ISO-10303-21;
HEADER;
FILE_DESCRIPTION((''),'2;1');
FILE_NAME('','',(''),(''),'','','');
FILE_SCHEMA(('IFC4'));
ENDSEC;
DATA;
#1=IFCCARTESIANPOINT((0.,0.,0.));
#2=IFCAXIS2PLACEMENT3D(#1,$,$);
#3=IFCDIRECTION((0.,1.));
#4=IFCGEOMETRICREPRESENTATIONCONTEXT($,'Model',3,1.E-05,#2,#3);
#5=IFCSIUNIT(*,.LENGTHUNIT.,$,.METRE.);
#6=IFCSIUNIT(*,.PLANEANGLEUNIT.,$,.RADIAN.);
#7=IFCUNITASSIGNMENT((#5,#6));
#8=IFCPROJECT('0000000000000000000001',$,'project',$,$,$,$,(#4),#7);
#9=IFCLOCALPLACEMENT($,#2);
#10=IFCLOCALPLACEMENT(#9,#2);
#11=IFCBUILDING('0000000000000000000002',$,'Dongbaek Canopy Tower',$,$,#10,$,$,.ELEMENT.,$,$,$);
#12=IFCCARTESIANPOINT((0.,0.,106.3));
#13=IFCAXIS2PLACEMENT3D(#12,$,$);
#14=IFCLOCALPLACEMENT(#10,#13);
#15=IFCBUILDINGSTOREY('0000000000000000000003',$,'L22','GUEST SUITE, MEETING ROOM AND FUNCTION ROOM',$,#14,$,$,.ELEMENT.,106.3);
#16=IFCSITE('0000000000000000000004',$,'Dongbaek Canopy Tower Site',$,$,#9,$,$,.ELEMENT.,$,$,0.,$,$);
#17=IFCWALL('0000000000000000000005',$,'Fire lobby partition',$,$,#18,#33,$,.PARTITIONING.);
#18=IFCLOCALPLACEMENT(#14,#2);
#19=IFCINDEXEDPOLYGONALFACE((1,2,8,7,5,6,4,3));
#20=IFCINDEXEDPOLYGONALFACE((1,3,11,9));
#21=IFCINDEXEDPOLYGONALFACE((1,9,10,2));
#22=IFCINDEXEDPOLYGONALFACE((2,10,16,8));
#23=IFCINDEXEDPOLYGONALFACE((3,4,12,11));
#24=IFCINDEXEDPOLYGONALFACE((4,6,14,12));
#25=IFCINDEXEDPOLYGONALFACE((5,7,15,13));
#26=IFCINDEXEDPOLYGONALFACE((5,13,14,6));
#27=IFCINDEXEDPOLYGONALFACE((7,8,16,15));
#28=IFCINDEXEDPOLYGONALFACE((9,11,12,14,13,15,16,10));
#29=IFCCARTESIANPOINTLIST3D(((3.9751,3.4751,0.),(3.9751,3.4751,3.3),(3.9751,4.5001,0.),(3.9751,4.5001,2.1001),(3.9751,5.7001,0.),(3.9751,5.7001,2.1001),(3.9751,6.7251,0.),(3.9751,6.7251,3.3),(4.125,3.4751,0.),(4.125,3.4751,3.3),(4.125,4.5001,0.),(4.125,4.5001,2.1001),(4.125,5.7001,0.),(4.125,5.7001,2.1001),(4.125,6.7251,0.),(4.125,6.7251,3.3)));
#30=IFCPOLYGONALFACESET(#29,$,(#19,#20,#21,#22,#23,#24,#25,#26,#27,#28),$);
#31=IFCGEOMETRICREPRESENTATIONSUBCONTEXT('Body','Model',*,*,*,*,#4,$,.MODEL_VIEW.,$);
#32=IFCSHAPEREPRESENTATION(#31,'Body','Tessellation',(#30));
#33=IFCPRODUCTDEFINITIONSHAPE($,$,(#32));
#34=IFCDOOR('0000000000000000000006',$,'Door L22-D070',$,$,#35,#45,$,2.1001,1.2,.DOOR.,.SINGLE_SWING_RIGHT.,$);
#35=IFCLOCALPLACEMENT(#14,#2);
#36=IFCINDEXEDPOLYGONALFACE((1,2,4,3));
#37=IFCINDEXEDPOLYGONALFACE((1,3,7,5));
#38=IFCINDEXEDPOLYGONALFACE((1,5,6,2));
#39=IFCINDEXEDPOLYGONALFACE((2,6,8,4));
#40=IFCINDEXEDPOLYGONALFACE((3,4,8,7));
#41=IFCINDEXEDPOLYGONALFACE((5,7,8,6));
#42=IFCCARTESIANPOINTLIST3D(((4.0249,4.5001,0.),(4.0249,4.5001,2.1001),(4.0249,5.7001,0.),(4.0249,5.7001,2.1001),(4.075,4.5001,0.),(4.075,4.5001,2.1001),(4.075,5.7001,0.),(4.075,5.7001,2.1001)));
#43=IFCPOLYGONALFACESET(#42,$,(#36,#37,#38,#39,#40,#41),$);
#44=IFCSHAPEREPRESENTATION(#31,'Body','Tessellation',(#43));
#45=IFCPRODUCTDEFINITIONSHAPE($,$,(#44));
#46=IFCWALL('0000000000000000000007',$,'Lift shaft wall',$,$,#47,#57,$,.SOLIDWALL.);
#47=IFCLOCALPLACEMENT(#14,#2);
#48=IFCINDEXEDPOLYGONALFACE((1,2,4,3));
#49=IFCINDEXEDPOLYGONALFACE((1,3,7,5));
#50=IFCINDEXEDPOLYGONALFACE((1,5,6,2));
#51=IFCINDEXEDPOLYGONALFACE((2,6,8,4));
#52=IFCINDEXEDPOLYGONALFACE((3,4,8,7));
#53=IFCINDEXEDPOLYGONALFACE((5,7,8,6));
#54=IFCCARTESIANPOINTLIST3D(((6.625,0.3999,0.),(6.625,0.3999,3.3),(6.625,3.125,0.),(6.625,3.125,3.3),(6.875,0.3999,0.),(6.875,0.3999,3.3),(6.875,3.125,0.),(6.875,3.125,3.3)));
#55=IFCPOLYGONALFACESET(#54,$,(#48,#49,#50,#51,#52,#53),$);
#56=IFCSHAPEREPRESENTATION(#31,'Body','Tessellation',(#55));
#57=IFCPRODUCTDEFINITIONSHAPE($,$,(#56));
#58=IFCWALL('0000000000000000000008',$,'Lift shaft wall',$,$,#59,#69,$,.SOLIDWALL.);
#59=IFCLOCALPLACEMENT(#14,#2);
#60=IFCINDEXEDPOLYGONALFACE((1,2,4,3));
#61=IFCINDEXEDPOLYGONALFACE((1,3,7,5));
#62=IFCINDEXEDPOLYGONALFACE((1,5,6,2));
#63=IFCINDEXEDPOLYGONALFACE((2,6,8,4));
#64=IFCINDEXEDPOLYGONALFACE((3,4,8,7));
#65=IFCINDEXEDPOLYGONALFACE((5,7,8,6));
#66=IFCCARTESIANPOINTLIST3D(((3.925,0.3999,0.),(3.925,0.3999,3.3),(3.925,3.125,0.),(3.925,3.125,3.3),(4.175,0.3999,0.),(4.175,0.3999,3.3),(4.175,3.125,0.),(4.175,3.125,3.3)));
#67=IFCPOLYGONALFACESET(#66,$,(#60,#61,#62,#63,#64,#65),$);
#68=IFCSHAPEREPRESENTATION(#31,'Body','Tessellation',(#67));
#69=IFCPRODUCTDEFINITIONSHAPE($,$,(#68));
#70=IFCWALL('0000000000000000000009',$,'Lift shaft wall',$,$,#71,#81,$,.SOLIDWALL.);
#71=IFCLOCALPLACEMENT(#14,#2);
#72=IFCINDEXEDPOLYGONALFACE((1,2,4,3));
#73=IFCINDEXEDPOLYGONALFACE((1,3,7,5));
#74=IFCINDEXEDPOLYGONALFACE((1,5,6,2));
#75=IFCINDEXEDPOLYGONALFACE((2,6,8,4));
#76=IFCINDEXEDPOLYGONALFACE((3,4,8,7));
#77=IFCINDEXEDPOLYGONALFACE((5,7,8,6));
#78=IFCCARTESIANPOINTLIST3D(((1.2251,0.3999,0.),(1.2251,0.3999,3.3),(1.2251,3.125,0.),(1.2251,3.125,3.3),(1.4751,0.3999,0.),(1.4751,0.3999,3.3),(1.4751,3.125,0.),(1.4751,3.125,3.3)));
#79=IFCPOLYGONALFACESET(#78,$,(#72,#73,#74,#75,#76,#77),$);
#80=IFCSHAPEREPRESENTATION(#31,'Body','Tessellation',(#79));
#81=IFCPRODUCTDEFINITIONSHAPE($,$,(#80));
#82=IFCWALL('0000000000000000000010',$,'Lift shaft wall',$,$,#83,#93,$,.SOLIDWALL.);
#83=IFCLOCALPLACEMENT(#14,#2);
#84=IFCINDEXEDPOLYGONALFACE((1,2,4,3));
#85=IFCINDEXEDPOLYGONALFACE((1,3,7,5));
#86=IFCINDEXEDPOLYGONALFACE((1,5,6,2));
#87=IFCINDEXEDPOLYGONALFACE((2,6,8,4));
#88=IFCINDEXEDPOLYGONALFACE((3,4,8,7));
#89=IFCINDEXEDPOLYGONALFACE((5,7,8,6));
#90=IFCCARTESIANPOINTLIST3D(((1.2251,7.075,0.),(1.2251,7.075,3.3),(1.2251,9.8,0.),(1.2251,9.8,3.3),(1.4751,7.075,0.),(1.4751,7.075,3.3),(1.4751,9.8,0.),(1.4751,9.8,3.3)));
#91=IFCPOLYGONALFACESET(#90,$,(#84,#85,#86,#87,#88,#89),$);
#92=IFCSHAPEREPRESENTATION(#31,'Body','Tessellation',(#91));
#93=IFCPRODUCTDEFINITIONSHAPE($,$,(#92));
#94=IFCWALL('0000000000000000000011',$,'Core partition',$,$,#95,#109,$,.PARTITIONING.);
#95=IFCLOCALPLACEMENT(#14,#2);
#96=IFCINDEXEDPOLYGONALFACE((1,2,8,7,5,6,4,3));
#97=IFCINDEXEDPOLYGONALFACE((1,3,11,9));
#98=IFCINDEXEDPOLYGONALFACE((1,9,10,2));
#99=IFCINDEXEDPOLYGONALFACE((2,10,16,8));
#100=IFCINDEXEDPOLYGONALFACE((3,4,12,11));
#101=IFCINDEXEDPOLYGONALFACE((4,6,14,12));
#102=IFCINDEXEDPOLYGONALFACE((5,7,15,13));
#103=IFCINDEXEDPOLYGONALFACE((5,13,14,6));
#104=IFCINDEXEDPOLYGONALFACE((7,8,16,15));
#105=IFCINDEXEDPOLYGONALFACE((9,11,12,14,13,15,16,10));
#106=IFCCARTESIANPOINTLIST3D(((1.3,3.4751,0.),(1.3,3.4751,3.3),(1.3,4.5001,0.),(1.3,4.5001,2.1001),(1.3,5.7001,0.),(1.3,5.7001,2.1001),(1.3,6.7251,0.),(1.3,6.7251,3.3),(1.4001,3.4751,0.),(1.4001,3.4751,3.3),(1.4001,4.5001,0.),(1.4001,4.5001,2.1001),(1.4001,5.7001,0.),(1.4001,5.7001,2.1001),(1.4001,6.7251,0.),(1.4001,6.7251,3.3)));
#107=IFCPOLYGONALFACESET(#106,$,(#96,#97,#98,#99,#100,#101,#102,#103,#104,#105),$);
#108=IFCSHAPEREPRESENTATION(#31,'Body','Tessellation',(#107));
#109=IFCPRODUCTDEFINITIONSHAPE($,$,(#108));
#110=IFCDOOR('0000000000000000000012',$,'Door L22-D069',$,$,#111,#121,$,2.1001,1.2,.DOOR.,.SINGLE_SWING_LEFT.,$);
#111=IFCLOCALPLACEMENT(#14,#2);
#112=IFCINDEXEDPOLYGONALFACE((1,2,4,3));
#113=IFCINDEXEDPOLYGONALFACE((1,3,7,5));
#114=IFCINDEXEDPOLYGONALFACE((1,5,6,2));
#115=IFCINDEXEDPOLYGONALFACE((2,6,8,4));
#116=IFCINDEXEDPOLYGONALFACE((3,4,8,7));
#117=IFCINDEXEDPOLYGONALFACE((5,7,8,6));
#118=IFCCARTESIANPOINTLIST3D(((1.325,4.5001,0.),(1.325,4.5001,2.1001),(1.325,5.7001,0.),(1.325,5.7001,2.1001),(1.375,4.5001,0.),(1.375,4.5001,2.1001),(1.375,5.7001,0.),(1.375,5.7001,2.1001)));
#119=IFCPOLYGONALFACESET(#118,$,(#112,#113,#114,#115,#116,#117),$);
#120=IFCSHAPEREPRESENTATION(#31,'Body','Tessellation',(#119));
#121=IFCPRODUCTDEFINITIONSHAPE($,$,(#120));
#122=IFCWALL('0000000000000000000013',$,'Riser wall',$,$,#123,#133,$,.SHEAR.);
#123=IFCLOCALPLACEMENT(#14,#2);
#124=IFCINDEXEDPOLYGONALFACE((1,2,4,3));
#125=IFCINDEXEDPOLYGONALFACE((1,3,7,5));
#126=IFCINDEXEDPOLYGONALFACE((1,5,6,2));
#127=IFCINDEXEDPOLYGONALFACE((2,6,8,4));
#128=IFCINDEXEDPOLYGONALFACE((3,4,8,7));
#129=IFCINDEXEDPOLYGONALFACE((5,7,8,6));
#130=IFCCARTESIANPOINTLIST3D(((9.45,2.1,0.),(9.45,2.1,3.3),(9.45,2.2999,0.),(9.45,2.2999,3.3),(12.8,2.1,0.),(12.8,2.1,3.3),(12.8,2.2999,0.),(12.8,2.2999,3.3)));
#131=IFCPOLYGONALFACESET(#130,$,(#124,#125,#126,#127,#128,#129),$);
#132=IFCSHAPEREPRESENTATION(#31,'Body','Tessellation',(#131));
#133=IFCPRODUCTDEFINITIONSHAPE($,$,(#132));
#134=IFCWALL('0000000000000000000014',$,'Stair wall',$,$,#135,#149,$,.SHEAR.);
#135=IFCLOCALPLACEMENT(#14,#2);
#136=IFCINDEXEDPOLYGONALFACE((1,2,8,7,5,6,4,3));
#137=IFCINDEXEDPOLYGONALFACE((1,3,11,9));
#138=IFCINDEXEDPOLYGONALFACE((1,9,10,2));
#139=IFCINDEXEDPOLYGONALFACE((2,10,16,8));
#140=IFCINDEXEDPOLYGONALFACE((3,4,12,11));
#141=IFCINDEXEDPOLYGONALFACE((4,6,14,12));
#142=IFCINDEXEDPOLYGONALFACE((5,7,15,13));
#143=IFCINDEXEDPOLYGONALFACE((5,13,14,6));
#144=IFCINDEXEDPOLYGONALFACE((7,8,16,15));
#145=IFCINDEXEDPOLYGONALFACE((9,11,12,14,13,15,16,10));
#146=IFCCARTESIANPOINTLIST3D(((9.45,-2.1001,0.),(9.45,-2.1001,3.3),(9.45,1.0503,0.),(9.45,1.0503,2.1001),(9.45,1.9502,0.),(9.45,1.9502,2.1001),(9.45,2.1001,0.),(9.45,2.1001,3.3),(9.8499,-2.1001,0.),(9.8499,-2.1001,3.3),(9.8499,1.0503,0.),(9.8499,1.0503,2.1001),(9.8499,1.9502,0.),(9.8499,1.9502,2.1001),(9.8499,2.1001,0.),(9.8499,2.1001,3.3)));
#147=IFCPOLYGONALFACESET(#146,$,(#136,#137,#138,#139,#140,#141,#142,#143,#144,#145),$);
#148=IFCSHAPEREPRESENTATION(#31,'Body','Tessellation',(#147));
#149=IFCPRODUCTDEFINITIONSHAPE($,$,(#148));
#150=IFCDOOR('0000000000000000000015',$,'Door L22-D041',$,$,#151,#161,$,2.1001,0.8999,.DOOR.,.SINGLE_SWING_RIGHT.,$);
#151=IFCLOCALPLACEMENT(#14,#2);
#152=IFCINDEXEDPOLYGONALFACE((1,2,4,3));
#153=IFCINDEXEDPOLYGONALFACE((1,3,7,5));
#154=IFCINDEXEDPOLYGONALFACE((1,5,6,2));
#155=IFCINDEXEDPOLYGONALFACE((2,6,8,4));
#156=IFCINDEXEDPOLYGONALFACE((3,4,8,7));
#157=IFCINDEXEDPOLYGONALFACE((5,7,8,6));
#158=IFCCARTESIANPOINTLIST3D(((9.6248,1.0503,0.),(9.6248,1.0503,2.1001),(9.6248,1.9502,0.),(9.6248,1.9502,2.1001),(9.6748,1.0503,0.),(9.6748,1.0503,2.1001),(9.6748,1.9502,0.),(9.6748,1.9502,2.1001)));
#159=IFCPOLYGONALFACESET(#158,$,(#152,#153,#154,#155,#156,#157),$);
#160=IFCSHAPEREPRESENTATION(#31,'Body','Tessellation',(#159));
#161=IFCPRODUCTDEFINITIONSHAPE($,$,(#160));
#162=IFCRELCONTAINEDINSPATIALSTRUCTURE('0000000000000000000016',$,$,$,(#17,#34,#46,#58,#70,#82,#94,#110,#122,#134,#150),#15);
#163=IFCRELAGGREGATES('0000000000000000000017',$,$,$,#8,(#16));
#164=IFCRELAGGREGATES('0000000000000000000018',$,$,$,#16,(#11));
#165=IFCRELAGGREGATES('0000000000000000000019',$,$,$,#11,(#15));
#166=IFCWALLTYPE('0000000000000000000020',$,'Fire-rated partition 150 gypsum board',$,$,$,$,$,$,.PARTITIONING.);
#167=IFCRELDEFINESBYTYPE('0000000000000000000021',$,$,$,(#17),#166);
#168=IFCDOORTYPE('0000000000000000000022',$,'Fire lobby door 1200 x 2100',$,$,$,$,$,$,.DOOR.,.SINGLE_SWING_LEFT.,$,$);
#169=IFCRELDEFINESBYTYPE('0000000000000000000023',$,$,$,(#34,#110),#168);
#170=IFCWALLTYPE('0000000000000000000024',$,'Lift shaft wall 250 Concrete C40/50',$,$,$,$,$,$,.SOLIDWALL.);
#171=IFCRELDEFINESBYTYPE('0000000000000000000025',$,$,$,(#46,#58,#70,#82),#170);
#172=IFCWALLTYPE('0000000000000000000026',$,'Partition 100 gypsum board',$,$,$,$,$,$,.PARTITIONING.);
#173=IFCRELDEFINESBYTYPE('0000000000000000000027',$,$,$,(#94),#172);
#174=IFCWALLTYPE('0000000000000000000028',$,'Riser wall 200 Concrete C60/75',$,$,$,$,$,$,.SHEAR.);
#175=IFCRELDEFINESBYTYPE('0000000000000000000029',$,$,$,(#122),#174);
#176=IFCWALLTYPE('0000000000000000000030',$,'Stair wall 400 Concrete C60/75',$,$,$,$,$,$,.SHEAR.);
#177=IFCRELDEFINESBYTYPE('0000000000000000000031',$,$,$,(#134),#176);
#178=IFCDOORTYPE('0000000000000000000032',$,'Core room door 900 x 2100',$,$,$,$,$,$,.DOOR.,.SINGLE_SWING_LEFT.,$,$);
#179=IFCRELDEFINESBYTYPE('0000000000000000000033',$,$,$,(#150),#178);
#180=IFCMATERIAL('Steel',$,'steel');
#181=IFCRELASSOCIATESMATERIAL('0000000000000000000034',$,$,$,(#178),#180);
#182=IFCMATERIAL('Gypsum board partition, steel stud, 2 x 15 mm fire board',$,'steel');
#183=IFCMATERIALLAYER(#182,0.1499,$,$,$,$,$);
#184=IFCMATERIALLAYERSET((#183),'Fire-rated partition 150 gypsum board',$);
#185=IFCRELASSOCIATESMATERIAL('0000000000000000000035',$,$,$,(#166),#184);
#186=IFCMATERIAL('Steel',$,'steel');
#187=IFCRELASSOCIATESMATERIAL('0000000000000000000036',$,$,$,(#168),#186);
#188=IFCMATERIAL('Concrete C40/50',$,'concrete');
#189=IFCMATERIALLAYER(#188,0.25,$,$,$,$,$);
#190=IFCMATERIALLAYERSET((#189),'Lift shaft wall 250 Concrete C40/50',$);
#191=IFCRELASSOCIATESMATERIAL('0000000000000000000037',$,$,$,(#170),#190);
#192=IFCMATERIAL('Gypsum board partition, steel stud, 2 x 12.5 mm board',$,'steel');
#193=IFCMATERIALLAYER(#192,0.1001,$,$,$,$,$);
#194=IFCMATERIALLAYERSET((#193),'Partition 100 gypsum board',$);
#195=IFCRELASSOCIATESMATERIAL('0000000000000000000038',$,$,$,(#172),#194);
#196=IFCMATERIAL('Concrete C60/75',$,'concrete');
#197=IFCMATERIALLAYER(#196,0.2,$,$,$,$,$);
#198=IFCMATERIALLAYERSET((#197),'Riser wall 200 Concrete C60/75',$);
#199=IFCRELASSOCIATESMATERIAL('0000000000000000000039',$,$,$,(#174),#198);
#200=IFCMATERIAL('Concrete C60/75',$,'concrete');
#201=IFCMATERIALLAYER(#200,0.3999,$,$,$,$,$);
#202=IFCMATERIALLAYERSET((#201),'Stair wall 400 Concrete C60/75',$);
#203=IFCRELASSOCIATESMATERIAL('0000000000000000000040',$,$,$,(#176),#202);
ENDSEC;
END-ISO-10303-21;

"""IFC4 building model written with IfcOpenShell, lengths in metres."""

from ifc_helpers import new_model, si_unit, direction, frame, frame_2d, origin, place, context, subcontext, project, spatial, rectangle, extrude, material, layer, layer_set, type_object, element, fill, save


model = new_model("IFC4")

# Units and contexts
model_context = context("Model", 3, precision=1e-05, world=origin(), true_north=direction((0.0, 1.0)))
body_context = subcontext(model_context, "Body", "Model", "MODEL_VIEW")
ifc_project = project(units=[si_unit("LENGTHUNIT", "METRE"), si_unit("PLANEANGLEUNIT", "RADIAN")], contexts=[model_context])

# Site, building, storey
site_placement = place(None, origin())
site = spatial("IfcSite", under=ifc_project, at=site_placement, Name="Dongbaek Canopy Tower Site", CompositionType="ELEMENT", RefElevation=0.0)
building_placement = place(site_placement, origin())
building = spatial("IfcBuilding", under=site, at=building_placement, Name="Dongbaek Canopy Tower", CompositionType="ELEMENT")
storey_placement = place(building_placement, frame((0.0, 0.0, 106.3)))
storey = spatial("IfcBuildingStorey", under=building, at=storey_placement, Name="L22", Description="GUEST SUITE, MEETING ROOM AND FUNCTION ROOM", CompositionType="ELEMENT", Elevation=106.3)

# Shared definitions
ifc_material_1 = material(Name="Steel", Category="steel")
door_type_1 = type_object("IfcDoorType", Name="Core room door 900 x 2100", OperationType="SINGLE_SWING_LEFT", PredefinedType="DOOR", material=ifc_material_1)

# Wall, opening, door
ifc_material_2 = material(Name="Gypsum board partition, steel stud, 2 x 15 mm fire board", Category="steel")
ifc_layer_1 = layer(ifc_material_2, 0.1499)
ifc_layer_set_1 = layer_set([ifc_layer_1], Name="Fire-rated partition 150 gypsum board")
wall_type_1 = type_object("IfcWallType", Name="Fire-rated partition 150 gypsum board", PredefinedType="PARTITIONING", material=ifc_layer_set_1)
wall_1_placement = place(storey_placement, frame((4.05, 6.7251, 0.0), z_axis=(0.0, 0.0, 1.0), x_axis=(0.0, -1.0, 0.0)))
wall_1 = element("IfcWall", 1, at=wall_1_placement, inside=storey, type_object=wall_type_1, Name="Fire lobby partition", PredefinedType="PARTITIONING", context=body_context, shape_type="SweptSolid", body=[
    extrude(rectangle(XDim=3.25, YDim=0.1499, at=frame_2d((1.625, 0.0))), origin(), (0.0, 0.0, 1.0), 3.3),
])
opening_1_placement = place(wall_1_placement, frame((1.0249, 0.0, 0.0)))
opening_1 = element("IfcOpeningElement", 2, at=opening_1_placement, cuts=wall_1, PredefinedType="OPENING", context=body_context, shape_type="SweptSolid", body=[
    extrude(rectangle(XDim=1.2, YDim=2.1001, at=frame_2d((0.6001, 1.05))), frame((0.0, 0.085, 0.0), z_axis=(0.0, -1.0, 0.0), x_axis=(1.0, 0.0, 0.0)), (0.0, 0.0, 1.0), 0.1699),
])
ifc_material_3 = material(Name="Steel", Category="steel")
door_type_2 = type_object("IfcDoorType", Name="Fire lobby door 1200 x 2100", OperationType="SINGLE_SWING_LEFT", PredefinedType="DOOR", material=ifc_material_3)
door_1_placement = place(opening_1_placement, origin())
door_1 = element("IfcDoor", 3, at=door_1_placement, inside=storey, type_object=door_type_2, Name="Door L22-D070", OperationType="SINGLE_SWING_RIGHT", OverallHeight=2.1001, OverallWidth=1.2, PredefinedType="DOOR", context=body_context, shape_type="SweptSolid", body=[
    extrude(rectangle(XDim=1.2, YDim=2.1001, at=frame_2d((0.6001, 1.05))), frame((0.0, 0.0249, 0.0), z_axis=(0.0, -1.0, 0.0), x_axis=(1.0, 0.0, 0.0)), (0.0, 0.0, 1.0), 0.05),
])
fill(opening_1, door_1)

# Walls
ifc_material_4 = material(Name="Concrete C40/50", Category="concrete")
ifc_layer_2 = layer(ifc_material_4, 0.25)
ifc_layer_set_2 = layer_set([ifc_layer_2], Name="Lift shaft wall 250 Concrete C40/50")
wall_type_2 = type_object("IfcWallType", Name="Lift shaft wall 250 Concrete C40/50", PredefinedType="SOLIDWALL", material=ifc_layer_set_2)
for number, where, z_axis, x_axis, name in (
    (4, (6.75, 0.3999, 0.0), (0.0, 0.0, 1.0), (0.0, 1.0, 0.0), "Lift shaft wall"),
    (5, (4.05, 0.3999, 0.0), (0.0, 0.0, 1.0), (0.0, 1.0, 0.0), "Lift shaft wall"),
    (6, (1.3501, 0.3999, 0.0), (0.0, 0.0, 1.0), (0.0, 1.0, 0.0), "Lift shaft wall"),
    (7, (1.3501, 7.075, 0.0), (0.0, 0.0, 1.0), (0.0, 1.0, 0.0), "Lift shaft wall"),
):
    element("IfcWall", number, at=place(storey_placement, frame(where, z_axis=z_axis, x_axis=x_axis)), inside=storey, type_object=wall_type_2, Name=name, PredefinedType="SOLIDWALL", context=body_context, shape_type="SweptSolid", body=[
        extrude(rectangle(XDim=2.7251, YDim=0.25, at=frame_2d((1.3625, 0.0))), origin(), (0.0, 0.0, 1.0), 3.3),
    ])

# Wall, opening, door
ifc_material_5 = material(Name="Gypsum board partition, steel stud, 2 x 12.5 mm board", Category="steel")
ifc_layer_3 = layer(ifc_material_5, 0.1001)
ifc_layer_set_3 = layer_set([ifc_layer_3], Name="Partition 100 gypsum board")
wall_type_3 = type_object("IfcWallType", Name="Partition 100 gypsum board", PredefinedType="PARTITIONING", material=ifc_layer_set_3)
wall_2_placement = place(storey_placement, frame((1.3501, 6.7251, 0.0), z_axis=(0.0, 0.0, 1.0), x_axis=(0.0, -1.0, 0.0)))
wall_2 = element("IfcWall", 8, at=wall_2_placement, inside=storey, type_object=wall_type_3, Name="Core partition", PredefinedType="PARTITIONING", context=body_context, shape_type="SweptSolid", body=[
    extrude(rectangle(XDim=3.25, YDim=0.1001, at=frame_2d((1.625, 0.0))), origin(), (0.0, 0.0, 1.0), 3.3),
])
opening_2_placement = place(wall_2_placement, frame((1.0249, 0.0, 0.0)))
opening_2 = element("IfcOpeningElement", 9, at=opening_2_placement, cuts=wall_2, PredefinedType="OPENING", context=body_context, shape_type="SweptSolid", body=[
    extrude(rectangle(XDim=1.2, YDim=2.1001, at=frame_2d((0.6001, 1.05))), frame((0.0, 0.0601, 0.0), z_axis=(0.0, -1.0, 0.0), x_axis=(1.0, 0.0, 0.0)), (0.0, 0.0, 1.0), 0.1201),
])
door_2_placement = place(opening_2_placement, origin())
door_2 = element("IfcDoor", 10, at=door_2_placement, inside=storey, type_object=door_type_2, Name="Door L22-D069", OperationType="SINGLE_SWING_LEFT", OverallHeight=2.1001, OverallWidth=1.2, PredefinedType="DOOR", context=body_context, shape_type="SweptSolid", body=[
    extrude(rectangle(XDim=1.2, YDim=2.1001, at=frame_2d((0.6001, 1.05))), frame((0.0, 0.0249, 0.0), z_axis=(0.0, -1.0, 0.0), x_axis=(1.0, 0.0, 0.0)), (0.0, 0.0, 1.0), 0.05),
])
fill(opening_2, door_2)

# Wall
ifc_material_6 = material(Name="Concrete C60/75", Category="concrete")
ifc_layer_4 = layer(ifc_material_6, 0.2)
ifc_layer_set_4 = layer_set([ifc_layer_4], Name="Riser wall 200 Concrete C60/75")
wall_type_4 = type_object("IfcWallType", Name="Riser wall 200 Concrete C60/75", PredefinedType="SHEAR", material=ifc_layer_set_4)
wall_3_placement = place(storey_placement, frame((9.45, 2.2, 0.0), z_axis=(0.0, 0.0, 1.0), x_axis=(1.0, 0.0, 0.0)))
element("IfcWall", 11, at=wall_3_placement, inside=storey, type_object=wall_type_4, Name="Riser wall", PredefinedType="SHEAR", context=body_context, shape_type="SweptSolid", body=[
    extrude(rectangle(XDim=3.3501, YDim=0.2, at=frame_2d((1.675, 0.0))), origin(), (0.0, 0.0, 1.0), 3.3),
])

# Wall, opening, door
ifc_material_7 = material(Name="Concrete C60/75", Category="concrete")
ifc_layer_5 = layer(ifc_material_7, 0.3999)
ifc_layer_set_5 = layer_set([ifc_layer_5], Name="Stair wall 400 Concrete C60/75")
wall_type_5 = type_object("IfcWallType", Name="Stair wall 400 Concrete C60/75", PredefinedType="SHEAR", material=ifc_layer_set_5)
wall_4_placement = place(storey_placement, frame((9.6499, 2.1001, 0.0), z_axis=(0.0, 0.0, 1.0), x_axis=(0.0, -1.0, 0.0)))
wall_4 = element("IfcWall", 12, at=wall_4_placement, inside=storey, type_object=wall_type_5, Name="Stair wall", PredefinedType="SHEAR", context=body_context, shape_type="SweptSolid", body=[
    extrude(rectangle(XDim=4.2002, YDim=0.3999, at=frame_2d((2.1001, 0.0))), origin(), (0.0, 0.0, 1.0), 3.3),
])
opening_3_placement = place(wall_4_placement, frame((0.1499, 0.0, 0.0)))
opening_3 = element("IfcOpeningElement", 13, at=opening_3_placement, cuts=wall_4, PredefinedType="OPENING", context=body_context, shape_type="SweptSolid", body=[
    extrude(rectangle(XDim=0.8999, YDim=2.1001, at=frame_2d((0.45, 1.05))), frame((0.0, 0.21, 0.0), z_axis=(0.0, -1.0, 0.0), x_axis=(1.0, 0.0, 0.0)), (0.0, 0.0, 1.0), 0.4199),
])
door_3_placement = place(opening_3_placement, origin())
door_3 = element("IfcDoor", 14, at=door_3_placement, inside=storey, type_object=door_type_1, Name="Door L22-D041", OperationType="SINGLE_SWING_RIGHT", OverallHeight=2.1001, OverallWidth=0.8999, PredefinedType="DOOR", context=body_context, shape_type="SweptSolid", body=[
    extrude(rectangle(XDim=0.8999, YDim=2.1001, at=frame_2d((0.45, 1.05))), frame((0.0, 0.0249, 0.0), z_axis=(0.0, -1.0, 0.0), x_axis=(1.0, 0.0, 0.0)), (0.0, 0.0, 1.0), 0.05),
])
fill(opening_3, door_3)

save(model, "model.ifc")
